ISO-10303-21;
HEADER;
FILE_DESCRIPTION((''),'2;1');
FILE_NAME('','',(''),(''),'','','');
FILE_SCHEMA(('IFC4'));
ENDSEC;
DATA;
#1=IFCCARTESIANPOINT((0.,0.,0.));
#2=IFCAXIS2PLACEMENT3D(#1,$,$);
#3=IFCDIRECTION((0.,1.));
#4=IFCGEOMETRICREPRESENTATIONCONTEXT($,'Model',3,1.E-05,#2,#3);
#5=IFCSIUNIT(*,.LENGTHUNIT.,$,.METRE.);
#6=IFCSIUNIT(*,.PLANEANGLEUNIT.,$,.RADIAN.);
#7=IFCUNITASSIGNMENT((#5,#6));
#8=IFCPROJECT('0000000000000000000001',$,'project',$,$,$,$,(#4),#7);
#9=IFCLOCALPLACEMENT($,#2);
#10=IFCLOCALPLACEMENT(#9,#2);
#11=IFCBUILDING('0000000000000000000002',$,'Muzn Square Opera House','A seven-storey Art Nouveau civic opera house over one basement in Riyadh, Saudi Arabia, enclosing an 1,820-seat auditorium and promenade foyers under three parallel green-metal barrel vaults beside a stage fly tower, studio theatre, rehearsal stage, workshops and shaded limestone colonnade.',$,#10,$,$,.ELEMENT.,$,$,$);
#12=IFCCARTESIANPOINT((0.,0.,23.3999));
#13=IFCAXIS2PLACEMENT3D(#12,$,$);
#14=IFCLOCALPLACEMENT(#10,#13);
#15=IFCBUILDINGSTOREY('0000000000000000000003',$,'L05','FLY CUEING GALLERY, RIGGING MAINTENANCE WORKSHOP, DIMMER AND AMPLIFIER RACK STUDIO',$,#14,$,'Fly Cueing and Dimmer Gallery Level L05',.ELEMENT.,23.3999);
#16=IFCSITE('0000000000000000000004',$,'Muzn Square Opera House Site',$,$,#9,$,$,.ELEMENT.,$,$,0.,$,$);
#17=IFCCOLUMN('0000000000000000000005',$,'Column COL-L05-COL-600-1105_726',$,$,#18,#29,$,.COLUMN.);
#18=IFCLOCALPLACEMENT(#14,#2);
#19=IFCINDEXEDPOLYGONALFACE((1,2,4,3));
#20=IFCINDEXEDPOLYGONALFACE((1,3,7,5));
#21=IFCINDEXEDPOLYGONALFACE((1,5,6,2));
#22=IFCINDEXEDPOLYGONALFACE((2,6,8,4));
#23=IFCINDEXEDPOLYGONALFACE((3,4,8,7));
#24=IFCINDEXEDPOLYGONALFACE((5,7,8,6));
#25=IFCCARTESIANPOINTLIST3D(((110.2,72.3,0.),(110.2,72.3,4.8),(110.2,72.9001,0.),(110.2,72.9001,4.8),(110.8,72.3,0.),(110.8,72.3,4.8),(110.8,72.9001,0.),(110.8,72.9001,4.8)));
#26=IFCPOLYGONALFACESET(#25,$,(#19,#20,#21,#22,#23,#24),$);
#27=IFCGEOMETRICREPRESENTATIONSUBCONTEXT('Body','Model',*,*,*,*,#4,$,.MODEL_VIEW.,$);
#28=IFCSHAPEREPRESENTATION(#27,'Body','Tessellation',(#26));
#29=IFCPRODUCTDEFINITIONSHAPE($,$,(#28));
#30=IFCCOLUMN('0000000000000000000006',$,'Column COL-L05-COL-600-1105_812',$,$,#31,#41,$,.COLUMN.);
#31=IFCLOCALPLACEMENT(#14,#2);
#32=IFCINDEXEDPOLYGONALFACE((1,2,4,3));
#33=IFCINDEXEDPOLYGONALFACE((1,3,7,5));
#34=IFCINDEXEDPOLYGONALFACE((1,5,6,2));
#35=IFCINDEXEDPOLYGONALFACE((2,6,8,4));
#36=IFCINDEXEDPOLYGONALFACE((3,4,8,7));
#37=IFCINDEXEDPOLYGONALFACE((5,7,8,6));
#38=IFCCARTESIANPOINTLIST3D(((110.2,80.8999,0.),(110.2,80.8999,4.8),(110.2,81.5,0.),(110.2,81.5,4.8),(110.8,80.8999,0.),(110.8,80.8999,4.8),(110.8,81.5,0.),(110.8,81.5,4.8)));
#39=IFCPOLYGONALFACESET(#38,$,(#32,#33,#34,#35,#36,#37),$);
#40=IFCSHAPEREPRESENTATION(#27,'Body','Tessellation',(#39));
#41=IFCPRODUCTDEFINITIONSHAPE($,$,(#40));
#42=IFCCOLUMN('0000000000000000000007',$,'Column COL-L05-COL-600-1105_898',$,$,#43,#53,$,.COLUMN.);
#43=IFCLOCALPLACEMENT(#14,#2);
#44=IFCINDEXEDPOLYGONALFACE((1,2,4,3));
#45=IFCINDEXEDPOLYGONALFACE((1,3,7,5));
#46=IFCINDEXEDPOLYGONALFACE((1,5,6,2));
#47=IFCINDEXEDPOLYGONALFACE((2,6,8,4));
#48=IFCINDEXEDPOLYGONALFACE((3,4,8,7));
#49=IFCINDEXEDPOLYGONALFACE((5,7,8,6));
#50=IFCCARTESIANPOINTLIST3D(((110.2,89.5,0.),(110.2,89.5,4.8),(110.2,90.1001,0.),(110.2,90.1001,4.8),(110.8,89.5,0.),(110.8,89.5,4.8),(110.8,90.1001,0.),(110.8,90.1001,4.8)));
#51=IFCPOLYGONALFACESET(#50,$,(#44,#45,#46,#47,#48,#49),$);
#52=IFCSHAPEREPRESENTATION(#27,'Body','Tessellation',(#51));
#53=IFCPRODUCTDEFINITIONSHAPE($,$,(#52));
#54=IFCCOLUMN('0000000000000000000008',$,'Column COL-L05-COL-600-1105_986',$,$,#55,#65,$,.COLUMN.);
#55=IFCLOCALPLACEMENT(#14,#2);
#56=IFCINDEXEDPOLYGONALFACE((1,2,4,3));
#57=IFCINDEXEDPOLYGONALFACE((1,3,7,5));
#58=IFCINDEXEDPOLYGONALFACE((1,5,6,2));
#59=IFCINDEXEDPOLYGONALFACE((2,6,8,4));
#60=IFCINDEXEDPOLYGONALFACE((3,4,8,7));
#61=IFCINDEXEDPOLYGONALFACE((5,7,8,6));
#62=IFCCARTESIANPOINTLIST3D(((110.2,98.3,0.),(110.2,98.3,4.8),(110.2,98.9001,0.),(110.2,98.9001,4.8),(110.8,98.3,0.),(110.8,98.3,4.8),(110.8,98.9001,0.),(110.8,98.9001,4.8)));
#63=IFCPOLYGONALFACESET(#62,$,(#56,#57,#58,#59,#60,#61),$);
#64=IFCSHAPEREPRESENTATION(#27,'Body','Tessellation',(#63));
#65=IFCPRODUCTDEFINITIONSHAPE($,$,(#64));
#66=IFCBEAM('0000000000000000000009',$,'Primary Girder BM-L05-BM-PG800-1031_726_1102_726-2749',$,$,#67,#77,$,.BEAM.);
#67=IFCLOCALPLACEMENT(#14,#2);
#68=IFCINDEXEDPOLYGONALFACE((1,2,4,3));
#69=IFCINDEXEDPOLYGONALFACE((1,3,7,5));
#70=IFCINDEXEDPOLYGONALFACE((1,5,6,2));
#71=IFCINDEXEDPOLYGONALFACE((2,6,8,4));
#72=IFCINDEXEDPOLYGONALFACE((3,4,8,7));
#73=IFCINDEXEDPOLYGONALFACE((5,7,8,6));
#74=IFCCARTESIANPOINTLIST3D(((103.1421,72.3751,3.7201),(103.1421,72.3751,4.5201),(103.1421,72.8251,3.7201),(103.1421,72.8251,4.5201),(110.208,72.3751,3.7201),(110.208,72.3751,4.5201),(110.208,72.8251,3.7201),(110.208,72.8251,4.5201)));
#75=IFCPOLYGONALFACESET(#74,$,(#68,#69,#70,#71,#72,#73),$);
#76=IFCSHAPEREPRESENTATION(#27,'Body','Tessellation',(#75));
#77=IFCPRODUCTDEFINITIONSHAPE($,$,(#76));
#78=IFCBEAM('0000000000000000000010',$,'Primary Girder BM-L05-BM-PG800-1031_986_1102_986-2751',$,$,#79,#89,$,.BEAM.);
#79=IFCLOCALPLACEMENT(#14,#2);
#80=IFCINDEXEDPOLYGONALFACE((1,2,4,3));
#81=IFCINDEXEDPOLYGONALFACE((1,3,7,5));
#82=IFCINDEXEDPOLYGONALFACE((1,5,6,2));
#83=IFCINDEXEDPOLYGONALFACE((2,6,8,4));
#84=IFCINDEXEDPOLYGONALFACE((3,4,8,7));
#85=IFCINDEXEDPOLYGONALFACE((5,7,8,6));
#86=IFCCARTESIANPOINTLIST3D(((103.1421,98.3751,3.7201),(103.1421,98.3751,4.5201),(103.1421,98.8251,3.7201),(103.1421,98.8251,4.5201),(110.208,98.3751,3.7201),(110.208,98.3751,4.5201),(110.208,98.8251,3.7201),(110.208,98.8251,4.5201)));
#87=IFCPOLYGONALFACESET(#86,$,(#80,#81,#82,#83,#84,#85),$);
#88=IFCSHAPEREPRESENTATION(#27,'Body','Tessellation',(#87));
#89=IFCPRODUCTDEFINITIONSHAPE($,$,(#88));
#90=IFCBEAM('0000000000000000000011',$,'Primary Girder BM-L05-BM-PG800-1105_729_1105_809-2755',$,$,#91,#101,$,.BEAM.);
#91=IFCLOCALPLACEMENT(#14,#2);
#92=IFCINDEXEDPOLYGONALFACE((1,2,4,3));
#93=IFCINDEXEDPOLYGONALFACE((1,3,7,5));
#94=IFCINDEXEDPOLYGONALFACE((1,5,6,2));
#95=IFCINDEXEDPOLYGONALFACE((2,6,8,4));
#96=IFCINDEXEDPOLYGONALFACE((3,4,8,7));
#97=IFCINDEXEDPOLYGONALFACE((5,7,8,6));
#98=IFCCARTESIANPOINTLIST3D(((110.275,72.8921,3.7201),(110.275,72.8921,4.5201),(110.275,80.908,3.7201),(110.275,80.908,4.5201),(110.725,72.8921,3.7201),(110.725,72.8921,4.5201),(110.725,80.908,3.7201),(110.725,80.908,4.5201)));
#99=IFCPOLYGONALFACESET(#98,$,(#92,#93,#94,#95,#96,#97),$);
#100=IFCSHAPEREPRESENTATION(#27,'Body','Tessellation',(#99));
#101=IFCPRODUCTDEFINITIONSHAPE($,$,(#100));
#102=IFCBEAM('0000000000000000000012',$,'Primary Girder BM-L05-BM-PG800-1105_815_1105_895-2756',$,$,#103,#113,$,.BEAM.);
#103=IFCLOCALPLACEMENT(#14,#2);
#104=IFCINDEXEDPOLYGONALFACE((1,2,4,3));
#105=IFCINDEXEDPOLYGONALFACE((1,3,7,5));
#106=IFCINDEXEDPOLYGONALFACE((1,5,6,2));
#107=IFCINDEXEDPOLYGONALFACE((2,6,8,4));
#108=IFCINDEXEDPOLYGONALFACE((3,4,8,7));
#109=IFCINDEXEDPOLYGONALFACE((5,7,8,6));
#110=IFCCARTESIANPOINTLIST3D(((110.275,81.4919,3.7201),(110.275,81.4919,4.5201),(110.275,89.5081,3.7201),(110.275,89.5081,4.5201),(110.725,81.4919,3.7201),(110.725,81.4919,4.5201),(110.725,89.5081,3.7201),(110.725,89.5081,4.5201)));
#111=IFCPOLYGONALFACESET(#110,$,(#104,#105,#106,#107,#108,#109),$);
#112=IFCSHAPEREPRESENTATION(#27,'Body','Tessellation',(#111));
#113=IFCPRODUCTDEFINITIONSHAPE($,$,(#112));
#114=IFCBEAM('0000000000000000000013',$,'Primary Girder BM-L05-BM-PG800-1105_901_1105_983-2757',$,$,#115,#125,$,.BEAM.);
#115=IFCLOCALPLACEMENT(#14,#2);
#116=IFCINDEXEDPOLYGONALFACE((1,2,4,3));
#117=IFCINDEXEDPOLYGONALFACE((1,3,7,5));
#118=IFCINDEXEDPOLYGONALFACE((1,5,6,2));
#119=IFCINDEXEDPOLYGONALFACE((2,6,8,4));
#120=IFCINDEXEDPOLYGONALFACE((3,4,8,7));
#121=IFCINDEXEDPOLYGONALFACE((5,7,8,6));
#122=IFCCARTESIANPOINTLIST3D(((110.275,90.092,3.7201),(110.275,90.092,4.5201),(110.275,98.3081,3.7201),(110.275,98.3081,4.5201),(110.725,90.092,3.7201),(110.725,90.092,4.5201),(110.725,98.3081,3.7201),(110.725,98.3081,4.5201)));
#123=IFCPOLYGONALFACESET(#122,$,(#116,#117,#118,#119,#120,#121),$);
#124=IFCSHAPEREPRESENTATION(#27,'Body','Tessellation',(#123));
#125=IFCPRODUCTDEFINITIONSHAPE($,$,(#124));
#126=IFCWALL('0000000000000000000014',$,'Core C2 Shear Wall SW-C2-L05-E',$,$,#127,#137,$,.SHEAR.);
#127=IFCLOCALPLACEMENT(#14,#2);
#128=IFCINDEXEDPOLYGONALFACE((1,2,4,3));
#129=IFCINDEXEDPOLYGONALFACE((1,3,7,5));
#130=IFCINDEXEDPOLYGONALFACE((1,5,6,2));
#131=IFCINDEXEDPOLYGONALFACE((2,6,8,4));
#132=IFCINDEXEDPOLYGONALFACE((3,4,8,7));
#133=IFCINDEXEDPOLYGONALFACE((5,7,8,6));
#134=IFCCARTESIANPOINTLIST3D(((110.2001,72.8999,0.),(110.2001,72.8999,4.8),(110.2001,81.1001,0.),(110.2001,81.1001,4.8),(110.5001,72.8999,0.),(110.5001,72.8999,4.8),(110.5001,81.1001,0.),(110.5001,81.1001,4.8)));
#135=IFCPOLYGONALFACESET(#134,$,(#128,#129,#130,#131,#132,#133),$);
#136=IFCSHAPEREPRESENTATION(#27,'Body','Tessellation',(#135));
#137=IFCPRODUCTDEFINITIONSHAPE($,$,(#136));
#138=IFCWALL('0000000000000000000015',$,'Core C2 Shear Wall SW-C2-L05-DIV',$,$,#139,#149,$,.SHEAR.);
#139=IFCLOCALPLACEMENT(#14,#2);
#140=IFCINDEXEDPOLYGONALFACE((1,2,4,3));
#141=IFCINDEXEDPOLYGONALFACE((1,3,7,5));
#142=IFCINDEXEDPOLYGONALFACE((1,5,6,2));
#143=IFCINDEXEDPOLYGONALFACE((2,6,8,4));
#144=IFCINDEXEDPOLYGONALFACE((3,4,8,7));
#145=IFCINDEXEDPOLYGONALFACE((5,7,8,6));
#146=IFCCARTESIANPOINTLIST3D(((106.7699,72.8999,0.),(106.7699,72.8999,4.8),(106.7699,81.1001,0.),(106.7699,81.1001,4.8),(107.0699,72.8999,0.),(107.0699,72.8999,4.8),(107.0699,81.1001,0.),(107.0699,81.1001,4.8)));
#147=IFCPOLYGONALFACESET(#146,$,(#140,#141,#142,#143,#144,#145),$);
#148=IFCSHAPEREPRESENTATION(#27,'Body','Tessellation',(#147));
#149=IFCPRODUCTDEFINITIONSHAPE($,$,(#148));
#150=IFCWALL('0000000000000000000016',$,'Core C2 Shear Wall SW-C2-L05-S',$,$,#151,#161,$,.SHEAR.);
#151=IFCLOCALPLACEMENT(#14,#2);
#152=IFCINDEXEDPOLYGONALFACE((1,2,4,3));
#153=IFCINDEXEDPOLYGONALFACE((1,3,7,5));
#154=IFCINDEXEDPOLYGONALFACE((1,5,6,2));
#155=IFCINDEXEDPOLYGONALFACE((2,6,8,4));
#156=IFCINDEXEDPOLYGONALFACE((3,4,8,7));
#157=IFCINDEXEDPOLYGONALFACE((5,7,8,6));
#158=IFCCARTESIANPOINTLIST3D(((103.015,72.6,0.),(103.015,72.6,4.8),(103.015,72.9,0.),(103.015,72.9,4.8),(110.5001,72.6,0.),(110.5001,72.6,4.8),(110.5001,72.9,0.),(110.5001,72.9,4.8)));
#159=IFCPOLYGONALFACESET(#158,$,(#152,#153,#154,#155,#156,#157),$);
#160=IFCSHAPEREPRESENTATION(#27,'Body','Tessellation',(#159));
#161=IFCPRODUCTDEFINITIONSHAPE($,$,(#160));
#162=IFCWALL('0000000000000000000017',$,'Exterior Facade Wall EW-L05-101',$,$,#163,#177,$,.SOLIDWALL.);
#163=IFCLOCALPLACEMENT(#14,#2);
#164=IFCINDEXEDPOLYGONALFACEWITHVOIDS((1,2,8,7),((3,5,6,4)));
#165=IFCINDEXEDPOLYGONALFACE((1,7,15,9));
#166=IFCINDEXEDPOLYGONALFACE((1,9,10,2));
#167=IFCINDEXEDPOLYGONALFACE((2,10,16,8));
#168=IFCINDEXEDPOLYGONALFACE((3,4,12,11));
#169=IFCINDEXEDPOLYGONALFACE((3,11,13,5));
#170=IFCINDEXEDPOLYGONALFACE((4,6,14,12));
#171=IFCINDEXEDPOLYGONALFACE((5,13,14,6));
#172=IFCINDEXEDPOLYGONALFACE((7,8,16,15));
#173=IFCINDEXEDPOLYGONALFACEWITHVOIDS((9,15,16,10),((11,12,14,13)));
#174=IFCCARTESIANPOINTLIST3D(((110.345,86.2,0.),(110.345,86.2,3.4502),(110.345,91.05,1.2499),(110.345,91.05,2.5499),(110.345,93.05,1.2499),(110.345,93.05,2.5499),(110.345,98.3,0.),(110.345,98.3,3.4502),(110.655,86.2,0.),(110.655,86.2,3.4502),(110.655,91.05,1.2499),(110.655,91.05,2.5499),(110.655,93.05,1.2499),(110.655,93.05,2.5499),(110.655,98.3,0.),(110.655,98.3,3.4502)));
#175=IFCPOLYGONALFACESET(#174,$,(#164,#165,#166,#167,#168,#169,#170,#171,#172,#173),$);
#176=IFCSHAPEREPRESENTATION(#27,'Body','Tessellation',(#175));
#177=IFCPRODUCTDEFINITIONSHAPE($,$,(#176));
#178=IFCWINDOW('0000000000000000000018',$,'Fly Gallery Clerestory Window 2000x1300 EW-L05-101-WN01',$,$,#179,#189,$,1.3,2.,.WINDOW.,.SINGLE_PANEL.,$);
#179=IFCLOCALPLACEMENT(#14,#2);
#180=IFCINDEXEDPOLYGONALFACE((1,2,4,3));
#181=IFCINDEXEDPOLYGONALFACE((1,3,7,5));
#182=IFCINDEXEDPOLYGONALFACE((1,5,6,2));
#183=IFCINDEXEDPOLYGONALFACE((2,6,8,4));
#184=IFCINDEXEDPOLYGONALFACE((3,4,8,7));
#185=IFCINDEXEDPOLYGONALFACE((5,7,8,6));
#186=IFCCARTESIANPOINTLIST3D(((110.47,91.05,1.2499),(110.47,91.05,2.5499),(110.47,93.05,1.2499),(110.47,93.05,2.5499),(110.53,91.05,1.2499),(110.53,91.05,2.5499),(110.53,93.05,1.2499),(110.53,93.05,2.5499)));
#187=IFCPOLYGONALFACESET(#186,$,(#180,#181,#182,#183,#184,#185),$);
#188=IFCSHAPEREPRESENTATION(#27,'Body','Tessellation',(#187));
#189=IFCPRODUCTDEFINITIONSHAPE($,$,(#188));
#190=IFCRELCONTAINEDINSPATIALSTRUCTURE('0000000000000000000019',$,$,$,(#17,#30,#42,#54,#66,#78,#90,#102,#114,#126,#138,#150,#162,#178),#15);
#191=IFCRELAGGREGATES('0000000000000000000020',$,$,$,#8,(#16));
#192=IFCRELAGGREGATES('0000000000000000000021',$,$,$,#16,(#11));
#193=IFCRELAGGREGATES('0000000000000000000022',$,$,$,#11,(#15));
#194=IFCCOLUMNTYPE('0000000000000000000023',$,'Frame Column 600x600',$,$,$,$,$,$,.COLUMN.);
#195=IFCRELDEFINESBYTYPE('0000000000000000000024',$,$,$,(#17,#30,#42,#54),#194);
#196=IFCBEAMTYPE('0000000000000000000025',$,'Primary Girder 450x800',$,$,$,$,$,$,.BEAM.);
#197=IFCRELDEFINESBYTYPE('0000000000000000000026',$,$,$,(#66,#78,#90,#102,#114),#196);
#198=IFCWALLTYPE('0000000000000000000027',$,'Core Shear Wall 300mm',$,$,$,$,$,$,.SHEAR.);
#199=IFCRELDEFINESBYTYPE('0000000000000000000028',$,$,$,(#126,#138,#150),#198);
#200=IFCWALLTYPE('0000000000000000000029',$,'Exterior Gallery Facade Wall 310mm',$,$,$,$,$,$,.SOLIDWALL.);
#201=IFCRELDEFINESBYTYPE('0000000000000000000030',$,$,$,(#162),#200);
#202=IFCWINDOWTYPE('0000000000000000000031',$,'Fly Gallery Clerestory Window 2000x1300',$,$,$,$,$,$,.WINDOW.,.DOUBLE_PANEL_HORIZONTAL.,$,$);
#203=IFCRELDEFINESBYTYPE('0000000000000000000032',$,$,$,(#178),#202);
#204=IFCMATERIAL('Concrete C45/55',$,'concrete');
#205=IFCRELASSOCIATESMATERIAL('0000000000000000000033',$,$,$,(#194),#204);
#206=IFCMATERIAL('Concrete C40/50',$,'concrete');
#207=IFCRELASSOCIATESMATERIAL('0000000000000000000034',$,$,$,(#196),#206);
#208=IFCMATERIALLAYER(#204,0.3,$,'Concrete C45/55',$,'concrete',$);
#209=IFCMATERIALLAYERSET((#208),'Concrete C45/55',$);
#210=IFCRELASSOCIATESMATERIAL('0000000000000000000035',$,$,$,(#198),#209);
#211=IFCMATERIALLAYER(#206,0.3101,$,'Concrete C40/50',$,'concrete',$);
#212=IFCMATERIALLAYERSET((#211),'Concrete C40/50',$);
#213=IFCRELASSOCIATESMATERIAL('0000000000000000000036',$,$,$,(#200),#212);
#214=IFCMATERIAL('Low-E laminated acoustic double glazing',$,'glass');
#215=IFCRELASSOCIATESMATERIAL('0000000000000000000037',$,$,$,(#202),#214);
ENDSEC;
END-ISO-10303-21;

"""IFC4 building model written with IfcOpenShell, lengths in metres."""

from ifc_helpers import new_model, si_unit, direction, frame, frame_2d, origin, origin_2d, place, context, subcontext, project, spatial, rectangle, extrude, material, layer, layer_set, material_profile, profile_set, type_object, element, fill, save


model = new_model("IFC4")

# Units and contexts
model_context = context("Model", 3, precision=1e-05, world=origin(), true_north=direction((0.0, 1.0)))
body_context = subcontext(model_context, "Body", "Model", "MODEL_VIEW")
ifc_project = project(units=[si_unit("LENGTHUNIT", "METRE"), si_unit("PLANEANGLEUNIT", "RADIAN")], contexts=[model_context])

# Site, building, storey
site_placement = place(None, origin())
site = spatial("IfcSite", under=ifc_project, at=site_placement, Name="Muzn Square Opera House Site", CompositionType="ELEMENT", RefElevation=0.0)
building_placement = place(site_placement, origin())
building = spatial("IfcBuilding", under=site, at=building_placement, Name="Muzn Square Opera House", Description="A seven-storey Art Nouveau civic opera house over one basement in Riyadh, Saudi Arabia, enclosing an 1,820-seat auditorium and promenade foyers under three parallel green-metal barrel vaults beside a stage fly tower, studio theatre, rehearsal stage, workshops and shaded limestone colonnade.", CompositionType="ELEMENT")
storey_placement = place(building_placement, frame((0.0, 0.0, 23.3999)))
storey = spatial("IfcBuildingStorey", under=building, at=storey_placement, Name="L05", Description="FLY CUEING GALLERY, RIGGING MAINTENANCE WORKSHOP, DIMMER AND AMPLIFIER RACK STUDIO", LongName="Fly Cueing and Dimmer Gallery Level L05", CompositionType="ELEMENT", Elevation=23.3999)

# Columns
ifc_material_1 = material(Name="Concrete C45/55", Category="concrete")
ifc_material_profile_1 = material_profile(ifc_material_1, rectangle(XDim=0.6001, YDim=0.6001, at=origin_2d()), Name="RC 600x600", Category="concrete")
ifc_profile_set_1 = profile_set([ifc_material_profile_1], Name="Concrete C45/55")
column_type = type_object("IfcColumnType", Name="Frame Column 600x600", PredefinedType="COLUMN", material=ifc_profile_set_1)
for number, where, z_axis, x_axis, name in (
    (1, (110.5, 72.6001, 0.0), (0.0, 0.0, 1.0), (1.0, 0.0, 0.0), "Column COL-L05-COL-600-1105_726"),
    (2, (110.5, 81.2, 0.0), (0.0, 0.0, 1.0), (1.0, 0.0, 0.0), "Column COL-L05-COL-600-1105_812"),
    (3, (110.5, 89.8, 0.0), (0.0, 0.0, 1.0), (1.0, 0.0, 0.0), "Column COL-L05-COL-600-1105_898"),
    (4, (110.5, 98.6001, 0.0), (0.0, 0.0, 1.0), (1.0, 0.0, 0.0), "Column COL-L05-COL-600-1105_986"),
):
    element("IfcColumn", number, at=place(storey_placement, frame(where, z_axis=z_axis, x_axis=x_axis)), inside=storey, type_object=column_type, Name=name, PredefinedType="COLUMN", context=body_context, shape_type="SweptSolid", body=[
        extrude(rectangle(XDim=0.6001, YDim=0.6001, at=origin_2d()), origin(), (0.0, 0.0, 1.0), 4.8),
    ])

# Beams
ifc_material_2 = material(Name="Concrete C40/50", Category="concrete")
ifc_material_profile_2 = material_profile(ifc_material_2, rectangle(XDim=0.45, YDim=0.8, at=origin_2d()), Name="RCB 450x800", Category="concrete")
ifc_profile_set_2 = profile_set([ifc_material_profile_2], Name="Concrete C40/50")
beam_type = type_object("IfcBeamType", Name="Primary Girder 450x800", PredefinedType="BEAM", material=ifc_profile_set_2)
for number, where, z_axis, x_axis, name in (
    (5, (103.1421, 72.6001, 4.1201), (1.0, 0.0, 0.0), (0.0, 1.0, 0.0), "Primary Girder BM-L05-BM-PG800-1031_726_1102_726-2749"),
    (6, (103.1421, 98.6001, 4.1201), (1.0, 0.0, 0.0), (0.0, 1.0, 0.0), "Primary Girder BM-L05-BM-PG800-1031_986_1102_986-2751"),
):
    element("IfcBeam", number, at=place(storey_placement, frame(where, z_axis=z_axis, x_axis=x_axis)), inside=storey, type_object=beam_type, Name=name, PredefinedType="BEAM", context=body_context, shape_type="SweptSolid", body=[
        extrude(rectangle(XDim=0.45, YDim=0.8, at=origin_2d()), origin(), (0.0, 0.0, 1.0), 7.0659),
    ])
beam_1_placement = place(storey_placement, frame((110.5, 72.8921, 4.1201), z_axis=(0.0, 1.0, 0.0), x_axis=(-1.0, 0.0, 0.0)))
element("IfcBeam", 7, at=beam_1_placement, inside=storey, type_object=beam_type, Name="Primary Girder BM-L05-BM-PG800-1105_729_1105_809-2755", PredefinedType="BEAM", context=body_context, shape_type="SweptSolid", body=[
    extrude(rectangle(XDim=0.45, YDim=0.8, at=origin_2d()), origin(), (0.0, 0.0, 1.0), 8.0159),
])
beam_2_placement = place(storey_placement, frame((110.5, 81.4919, 4.1201), z_axis=(0.0, 1.0, 0.0), x_axis=(-1.0, 0.0, 0.0)))
element("IfcBeam", 8, at=beam_2_placement, inside=storey, type_object=beam_type, Name="Primary Girder BM-L05-BM-PG800-1105_815_1105_895-2756", PredefinedType="BEAM", context=body_context, shape_type="SweptSolid", body=[
    extrude(rectangle(XDim=0.45, YDim=0.8, at=origin_2d()), origin(), (0.0, 0.0, 1.0), 8.0161),
])
beam_3_placement = place(storey_placement, frame((110.5, 90.092, 4.1201), z_axis=(0.0, 1.0, 0.0), x_axis=(-1.0, 0.0, 0.0)))
element("IfcBeam", 9, at=beam_3_placement, inside=storey, type_object=beam_type, Name="Primary Girder BM-L05-BM-PG800-1105_901_1105_983-2757", PredefinedType="BEAM", context=body_context, shape_type="SweptSolid", body=[
    extrude(rectangle(XDim=0.45, YDim=0.8, at=origin_2d()), origin(), (0.0, 0.0, 1.0), 8.2161),
])

# Walls
ifc_layer_1 = layer(ifc_material_1, 0.3, Name="Concrete C45/55", Category="concrete")
ifc_layer_set_1 = layer_set([ifc_layer_1], Name="Concrete C45/55")
wall_type_1 = type_object("IfcWallType", Name="Core Shear Wall 300mm", PredefinedType="SHEAR", material=ifc_layer_set_1)
for number, where, z_axis, x_axis, name in (
    (10, (110.3501, 72.8999, 0.0), (0.0, 0.0, 1.0), (0.0, 1.0, 0.0), "Core C2 Shear Wall SW-C2-L05-E"),
    (11, (106.9199, 72.8999, 0.0), (0.0, 0.0, 1.0), (0.0, 1.0, 0.0), "Core C2 Shear Wall SW-C2-L05-DIV"),
):
    element("IfcWall", number, at=place(storey_placement, frame(where, z_axis=z_axis, x_axis=x_axis)), inside=storey, type_object=wall_type_1, Name=name, PredefinedType="SHEAR", context=body_context, shape_type="SweptSolid", body=[
        extrude(rectangle(XDim=8.2002, YDim=0.3, at=frame_2d((4.1001, 0.0))), origin(), (0.0, 0.0, 1.0), 4.8),
    ])
wall_1_placement = place(storey_placement, frame((103.0149, 72.75, 0.0), z_axis=(0.0, 0.0, 1.0), x_axis=(1.0, 0.0, 0.0)))
element("IfcWall", 12, at=wall_1_placement, inside=storey, type_object=wall_type_1, Name="Core C2 Shear Wall SW-C2-L05-S", PredefinedType="SHEAR", context=body_context, shape_type="SweptSolid", body=[
    extrude(rectangle(XDim=7.4851, YDim=0.3, at=frame_2d((3.7427, 0.0))), origin(), (0.0, 0.0, 1.0), 4.8),
])

# Wall, opening, window
ifc_layer_2 = layer(ifc_material_2, 0.3101, Name="Concrete C40/50", Category="concrete")
ifc_layer_set_2 = layer_set([ifc_layer_2], Name="Concrete C40/50")
wall_type_2 = type_object("IfcWallType", Name="Exterior Gallery Facade Wall 310mm", PredefinedType="SOLIDWALL", material=ifc_layer_set_2)
wall_2_placement = place(storey_placement, frame((110.5, 86.2, 0.0), z_axis=(0.0, 0.0, 1.0), x_axis=(0.0, 1.0, 0.0)))
wall_2 = element("IfcWall", 13, at=wall_2_placement, inside=storey, type_object=wall_type_2, Name="Exterior Facade Wall EW-L05-101", PredefinedType="SOLIDWALL", context=body_context, shape_type="SweptSolid", body=[
    extrude(rectangle(XDim=12.1001, YDim=0.3101, at=frame_2d((6.05, 0.0))), origin(), (0.0, 0.0, 1.0), 3.4502),
])
opening_1_placement = place(wall_2_placement, frame((4.8501, 0.0, 1.25)))
opening_1 = element("IfcOpeningElement", 14, at=opening_1_placement, cuts=wall_2, PredefinedType="OPENING", context=body_context, shape_type="SweptSolid", body=[
    extrude(rectangle(XDim=2.0, YDim=1.3, at=frame_2d((1.0, 0.6499))), frame((0.0, 0.165, 0.0), z_axis=(0.0, -1.0, 0.0), x_axis=(1.0, 0.0, 0.0)), (0.0, 0.0, 1.0), 0.3301),
])
ifc_material_3 = material(Name="Low-E laminated acoustic double glazing", Category="glass")
window_type = type_object("IfcWindowType", Name="Fly Gallery Clerestory Window 2000x1300", PartitioningType="DOUBLE_PANEL_HORIZONTAL", PredefinedType="WINDOW", material=ifc_material_3)
window_placement = place(opening_1_placement, origin())
window = element("IfcWindow", 15, at=window_placement, inside=storey, type_object=window_type, Name="Fly Gallery Clerestory Window 2000x1300 EW-L05-101-WN01", OverallHeight=1.3, OverallWidth=2.0, PartitioningType="SINGLE_PANEL", PredefinedType="WINDOW", context=body_context, shape_type="SweptSolid", body=[
    extrude(rectangle(XDim=2.0, YDim=1.3, at=frame_2d((1.0, 0.6499))), frame((0.0, 0.03, 0.0), z_axis=(0.0, -1.0, 0.0), x_axis=(1.0, 0.0, 0.0)), (0.0, 0.0, 1.0), 0.0601),
])
fill(opening_1, window)

save(model, "model.ifc")
